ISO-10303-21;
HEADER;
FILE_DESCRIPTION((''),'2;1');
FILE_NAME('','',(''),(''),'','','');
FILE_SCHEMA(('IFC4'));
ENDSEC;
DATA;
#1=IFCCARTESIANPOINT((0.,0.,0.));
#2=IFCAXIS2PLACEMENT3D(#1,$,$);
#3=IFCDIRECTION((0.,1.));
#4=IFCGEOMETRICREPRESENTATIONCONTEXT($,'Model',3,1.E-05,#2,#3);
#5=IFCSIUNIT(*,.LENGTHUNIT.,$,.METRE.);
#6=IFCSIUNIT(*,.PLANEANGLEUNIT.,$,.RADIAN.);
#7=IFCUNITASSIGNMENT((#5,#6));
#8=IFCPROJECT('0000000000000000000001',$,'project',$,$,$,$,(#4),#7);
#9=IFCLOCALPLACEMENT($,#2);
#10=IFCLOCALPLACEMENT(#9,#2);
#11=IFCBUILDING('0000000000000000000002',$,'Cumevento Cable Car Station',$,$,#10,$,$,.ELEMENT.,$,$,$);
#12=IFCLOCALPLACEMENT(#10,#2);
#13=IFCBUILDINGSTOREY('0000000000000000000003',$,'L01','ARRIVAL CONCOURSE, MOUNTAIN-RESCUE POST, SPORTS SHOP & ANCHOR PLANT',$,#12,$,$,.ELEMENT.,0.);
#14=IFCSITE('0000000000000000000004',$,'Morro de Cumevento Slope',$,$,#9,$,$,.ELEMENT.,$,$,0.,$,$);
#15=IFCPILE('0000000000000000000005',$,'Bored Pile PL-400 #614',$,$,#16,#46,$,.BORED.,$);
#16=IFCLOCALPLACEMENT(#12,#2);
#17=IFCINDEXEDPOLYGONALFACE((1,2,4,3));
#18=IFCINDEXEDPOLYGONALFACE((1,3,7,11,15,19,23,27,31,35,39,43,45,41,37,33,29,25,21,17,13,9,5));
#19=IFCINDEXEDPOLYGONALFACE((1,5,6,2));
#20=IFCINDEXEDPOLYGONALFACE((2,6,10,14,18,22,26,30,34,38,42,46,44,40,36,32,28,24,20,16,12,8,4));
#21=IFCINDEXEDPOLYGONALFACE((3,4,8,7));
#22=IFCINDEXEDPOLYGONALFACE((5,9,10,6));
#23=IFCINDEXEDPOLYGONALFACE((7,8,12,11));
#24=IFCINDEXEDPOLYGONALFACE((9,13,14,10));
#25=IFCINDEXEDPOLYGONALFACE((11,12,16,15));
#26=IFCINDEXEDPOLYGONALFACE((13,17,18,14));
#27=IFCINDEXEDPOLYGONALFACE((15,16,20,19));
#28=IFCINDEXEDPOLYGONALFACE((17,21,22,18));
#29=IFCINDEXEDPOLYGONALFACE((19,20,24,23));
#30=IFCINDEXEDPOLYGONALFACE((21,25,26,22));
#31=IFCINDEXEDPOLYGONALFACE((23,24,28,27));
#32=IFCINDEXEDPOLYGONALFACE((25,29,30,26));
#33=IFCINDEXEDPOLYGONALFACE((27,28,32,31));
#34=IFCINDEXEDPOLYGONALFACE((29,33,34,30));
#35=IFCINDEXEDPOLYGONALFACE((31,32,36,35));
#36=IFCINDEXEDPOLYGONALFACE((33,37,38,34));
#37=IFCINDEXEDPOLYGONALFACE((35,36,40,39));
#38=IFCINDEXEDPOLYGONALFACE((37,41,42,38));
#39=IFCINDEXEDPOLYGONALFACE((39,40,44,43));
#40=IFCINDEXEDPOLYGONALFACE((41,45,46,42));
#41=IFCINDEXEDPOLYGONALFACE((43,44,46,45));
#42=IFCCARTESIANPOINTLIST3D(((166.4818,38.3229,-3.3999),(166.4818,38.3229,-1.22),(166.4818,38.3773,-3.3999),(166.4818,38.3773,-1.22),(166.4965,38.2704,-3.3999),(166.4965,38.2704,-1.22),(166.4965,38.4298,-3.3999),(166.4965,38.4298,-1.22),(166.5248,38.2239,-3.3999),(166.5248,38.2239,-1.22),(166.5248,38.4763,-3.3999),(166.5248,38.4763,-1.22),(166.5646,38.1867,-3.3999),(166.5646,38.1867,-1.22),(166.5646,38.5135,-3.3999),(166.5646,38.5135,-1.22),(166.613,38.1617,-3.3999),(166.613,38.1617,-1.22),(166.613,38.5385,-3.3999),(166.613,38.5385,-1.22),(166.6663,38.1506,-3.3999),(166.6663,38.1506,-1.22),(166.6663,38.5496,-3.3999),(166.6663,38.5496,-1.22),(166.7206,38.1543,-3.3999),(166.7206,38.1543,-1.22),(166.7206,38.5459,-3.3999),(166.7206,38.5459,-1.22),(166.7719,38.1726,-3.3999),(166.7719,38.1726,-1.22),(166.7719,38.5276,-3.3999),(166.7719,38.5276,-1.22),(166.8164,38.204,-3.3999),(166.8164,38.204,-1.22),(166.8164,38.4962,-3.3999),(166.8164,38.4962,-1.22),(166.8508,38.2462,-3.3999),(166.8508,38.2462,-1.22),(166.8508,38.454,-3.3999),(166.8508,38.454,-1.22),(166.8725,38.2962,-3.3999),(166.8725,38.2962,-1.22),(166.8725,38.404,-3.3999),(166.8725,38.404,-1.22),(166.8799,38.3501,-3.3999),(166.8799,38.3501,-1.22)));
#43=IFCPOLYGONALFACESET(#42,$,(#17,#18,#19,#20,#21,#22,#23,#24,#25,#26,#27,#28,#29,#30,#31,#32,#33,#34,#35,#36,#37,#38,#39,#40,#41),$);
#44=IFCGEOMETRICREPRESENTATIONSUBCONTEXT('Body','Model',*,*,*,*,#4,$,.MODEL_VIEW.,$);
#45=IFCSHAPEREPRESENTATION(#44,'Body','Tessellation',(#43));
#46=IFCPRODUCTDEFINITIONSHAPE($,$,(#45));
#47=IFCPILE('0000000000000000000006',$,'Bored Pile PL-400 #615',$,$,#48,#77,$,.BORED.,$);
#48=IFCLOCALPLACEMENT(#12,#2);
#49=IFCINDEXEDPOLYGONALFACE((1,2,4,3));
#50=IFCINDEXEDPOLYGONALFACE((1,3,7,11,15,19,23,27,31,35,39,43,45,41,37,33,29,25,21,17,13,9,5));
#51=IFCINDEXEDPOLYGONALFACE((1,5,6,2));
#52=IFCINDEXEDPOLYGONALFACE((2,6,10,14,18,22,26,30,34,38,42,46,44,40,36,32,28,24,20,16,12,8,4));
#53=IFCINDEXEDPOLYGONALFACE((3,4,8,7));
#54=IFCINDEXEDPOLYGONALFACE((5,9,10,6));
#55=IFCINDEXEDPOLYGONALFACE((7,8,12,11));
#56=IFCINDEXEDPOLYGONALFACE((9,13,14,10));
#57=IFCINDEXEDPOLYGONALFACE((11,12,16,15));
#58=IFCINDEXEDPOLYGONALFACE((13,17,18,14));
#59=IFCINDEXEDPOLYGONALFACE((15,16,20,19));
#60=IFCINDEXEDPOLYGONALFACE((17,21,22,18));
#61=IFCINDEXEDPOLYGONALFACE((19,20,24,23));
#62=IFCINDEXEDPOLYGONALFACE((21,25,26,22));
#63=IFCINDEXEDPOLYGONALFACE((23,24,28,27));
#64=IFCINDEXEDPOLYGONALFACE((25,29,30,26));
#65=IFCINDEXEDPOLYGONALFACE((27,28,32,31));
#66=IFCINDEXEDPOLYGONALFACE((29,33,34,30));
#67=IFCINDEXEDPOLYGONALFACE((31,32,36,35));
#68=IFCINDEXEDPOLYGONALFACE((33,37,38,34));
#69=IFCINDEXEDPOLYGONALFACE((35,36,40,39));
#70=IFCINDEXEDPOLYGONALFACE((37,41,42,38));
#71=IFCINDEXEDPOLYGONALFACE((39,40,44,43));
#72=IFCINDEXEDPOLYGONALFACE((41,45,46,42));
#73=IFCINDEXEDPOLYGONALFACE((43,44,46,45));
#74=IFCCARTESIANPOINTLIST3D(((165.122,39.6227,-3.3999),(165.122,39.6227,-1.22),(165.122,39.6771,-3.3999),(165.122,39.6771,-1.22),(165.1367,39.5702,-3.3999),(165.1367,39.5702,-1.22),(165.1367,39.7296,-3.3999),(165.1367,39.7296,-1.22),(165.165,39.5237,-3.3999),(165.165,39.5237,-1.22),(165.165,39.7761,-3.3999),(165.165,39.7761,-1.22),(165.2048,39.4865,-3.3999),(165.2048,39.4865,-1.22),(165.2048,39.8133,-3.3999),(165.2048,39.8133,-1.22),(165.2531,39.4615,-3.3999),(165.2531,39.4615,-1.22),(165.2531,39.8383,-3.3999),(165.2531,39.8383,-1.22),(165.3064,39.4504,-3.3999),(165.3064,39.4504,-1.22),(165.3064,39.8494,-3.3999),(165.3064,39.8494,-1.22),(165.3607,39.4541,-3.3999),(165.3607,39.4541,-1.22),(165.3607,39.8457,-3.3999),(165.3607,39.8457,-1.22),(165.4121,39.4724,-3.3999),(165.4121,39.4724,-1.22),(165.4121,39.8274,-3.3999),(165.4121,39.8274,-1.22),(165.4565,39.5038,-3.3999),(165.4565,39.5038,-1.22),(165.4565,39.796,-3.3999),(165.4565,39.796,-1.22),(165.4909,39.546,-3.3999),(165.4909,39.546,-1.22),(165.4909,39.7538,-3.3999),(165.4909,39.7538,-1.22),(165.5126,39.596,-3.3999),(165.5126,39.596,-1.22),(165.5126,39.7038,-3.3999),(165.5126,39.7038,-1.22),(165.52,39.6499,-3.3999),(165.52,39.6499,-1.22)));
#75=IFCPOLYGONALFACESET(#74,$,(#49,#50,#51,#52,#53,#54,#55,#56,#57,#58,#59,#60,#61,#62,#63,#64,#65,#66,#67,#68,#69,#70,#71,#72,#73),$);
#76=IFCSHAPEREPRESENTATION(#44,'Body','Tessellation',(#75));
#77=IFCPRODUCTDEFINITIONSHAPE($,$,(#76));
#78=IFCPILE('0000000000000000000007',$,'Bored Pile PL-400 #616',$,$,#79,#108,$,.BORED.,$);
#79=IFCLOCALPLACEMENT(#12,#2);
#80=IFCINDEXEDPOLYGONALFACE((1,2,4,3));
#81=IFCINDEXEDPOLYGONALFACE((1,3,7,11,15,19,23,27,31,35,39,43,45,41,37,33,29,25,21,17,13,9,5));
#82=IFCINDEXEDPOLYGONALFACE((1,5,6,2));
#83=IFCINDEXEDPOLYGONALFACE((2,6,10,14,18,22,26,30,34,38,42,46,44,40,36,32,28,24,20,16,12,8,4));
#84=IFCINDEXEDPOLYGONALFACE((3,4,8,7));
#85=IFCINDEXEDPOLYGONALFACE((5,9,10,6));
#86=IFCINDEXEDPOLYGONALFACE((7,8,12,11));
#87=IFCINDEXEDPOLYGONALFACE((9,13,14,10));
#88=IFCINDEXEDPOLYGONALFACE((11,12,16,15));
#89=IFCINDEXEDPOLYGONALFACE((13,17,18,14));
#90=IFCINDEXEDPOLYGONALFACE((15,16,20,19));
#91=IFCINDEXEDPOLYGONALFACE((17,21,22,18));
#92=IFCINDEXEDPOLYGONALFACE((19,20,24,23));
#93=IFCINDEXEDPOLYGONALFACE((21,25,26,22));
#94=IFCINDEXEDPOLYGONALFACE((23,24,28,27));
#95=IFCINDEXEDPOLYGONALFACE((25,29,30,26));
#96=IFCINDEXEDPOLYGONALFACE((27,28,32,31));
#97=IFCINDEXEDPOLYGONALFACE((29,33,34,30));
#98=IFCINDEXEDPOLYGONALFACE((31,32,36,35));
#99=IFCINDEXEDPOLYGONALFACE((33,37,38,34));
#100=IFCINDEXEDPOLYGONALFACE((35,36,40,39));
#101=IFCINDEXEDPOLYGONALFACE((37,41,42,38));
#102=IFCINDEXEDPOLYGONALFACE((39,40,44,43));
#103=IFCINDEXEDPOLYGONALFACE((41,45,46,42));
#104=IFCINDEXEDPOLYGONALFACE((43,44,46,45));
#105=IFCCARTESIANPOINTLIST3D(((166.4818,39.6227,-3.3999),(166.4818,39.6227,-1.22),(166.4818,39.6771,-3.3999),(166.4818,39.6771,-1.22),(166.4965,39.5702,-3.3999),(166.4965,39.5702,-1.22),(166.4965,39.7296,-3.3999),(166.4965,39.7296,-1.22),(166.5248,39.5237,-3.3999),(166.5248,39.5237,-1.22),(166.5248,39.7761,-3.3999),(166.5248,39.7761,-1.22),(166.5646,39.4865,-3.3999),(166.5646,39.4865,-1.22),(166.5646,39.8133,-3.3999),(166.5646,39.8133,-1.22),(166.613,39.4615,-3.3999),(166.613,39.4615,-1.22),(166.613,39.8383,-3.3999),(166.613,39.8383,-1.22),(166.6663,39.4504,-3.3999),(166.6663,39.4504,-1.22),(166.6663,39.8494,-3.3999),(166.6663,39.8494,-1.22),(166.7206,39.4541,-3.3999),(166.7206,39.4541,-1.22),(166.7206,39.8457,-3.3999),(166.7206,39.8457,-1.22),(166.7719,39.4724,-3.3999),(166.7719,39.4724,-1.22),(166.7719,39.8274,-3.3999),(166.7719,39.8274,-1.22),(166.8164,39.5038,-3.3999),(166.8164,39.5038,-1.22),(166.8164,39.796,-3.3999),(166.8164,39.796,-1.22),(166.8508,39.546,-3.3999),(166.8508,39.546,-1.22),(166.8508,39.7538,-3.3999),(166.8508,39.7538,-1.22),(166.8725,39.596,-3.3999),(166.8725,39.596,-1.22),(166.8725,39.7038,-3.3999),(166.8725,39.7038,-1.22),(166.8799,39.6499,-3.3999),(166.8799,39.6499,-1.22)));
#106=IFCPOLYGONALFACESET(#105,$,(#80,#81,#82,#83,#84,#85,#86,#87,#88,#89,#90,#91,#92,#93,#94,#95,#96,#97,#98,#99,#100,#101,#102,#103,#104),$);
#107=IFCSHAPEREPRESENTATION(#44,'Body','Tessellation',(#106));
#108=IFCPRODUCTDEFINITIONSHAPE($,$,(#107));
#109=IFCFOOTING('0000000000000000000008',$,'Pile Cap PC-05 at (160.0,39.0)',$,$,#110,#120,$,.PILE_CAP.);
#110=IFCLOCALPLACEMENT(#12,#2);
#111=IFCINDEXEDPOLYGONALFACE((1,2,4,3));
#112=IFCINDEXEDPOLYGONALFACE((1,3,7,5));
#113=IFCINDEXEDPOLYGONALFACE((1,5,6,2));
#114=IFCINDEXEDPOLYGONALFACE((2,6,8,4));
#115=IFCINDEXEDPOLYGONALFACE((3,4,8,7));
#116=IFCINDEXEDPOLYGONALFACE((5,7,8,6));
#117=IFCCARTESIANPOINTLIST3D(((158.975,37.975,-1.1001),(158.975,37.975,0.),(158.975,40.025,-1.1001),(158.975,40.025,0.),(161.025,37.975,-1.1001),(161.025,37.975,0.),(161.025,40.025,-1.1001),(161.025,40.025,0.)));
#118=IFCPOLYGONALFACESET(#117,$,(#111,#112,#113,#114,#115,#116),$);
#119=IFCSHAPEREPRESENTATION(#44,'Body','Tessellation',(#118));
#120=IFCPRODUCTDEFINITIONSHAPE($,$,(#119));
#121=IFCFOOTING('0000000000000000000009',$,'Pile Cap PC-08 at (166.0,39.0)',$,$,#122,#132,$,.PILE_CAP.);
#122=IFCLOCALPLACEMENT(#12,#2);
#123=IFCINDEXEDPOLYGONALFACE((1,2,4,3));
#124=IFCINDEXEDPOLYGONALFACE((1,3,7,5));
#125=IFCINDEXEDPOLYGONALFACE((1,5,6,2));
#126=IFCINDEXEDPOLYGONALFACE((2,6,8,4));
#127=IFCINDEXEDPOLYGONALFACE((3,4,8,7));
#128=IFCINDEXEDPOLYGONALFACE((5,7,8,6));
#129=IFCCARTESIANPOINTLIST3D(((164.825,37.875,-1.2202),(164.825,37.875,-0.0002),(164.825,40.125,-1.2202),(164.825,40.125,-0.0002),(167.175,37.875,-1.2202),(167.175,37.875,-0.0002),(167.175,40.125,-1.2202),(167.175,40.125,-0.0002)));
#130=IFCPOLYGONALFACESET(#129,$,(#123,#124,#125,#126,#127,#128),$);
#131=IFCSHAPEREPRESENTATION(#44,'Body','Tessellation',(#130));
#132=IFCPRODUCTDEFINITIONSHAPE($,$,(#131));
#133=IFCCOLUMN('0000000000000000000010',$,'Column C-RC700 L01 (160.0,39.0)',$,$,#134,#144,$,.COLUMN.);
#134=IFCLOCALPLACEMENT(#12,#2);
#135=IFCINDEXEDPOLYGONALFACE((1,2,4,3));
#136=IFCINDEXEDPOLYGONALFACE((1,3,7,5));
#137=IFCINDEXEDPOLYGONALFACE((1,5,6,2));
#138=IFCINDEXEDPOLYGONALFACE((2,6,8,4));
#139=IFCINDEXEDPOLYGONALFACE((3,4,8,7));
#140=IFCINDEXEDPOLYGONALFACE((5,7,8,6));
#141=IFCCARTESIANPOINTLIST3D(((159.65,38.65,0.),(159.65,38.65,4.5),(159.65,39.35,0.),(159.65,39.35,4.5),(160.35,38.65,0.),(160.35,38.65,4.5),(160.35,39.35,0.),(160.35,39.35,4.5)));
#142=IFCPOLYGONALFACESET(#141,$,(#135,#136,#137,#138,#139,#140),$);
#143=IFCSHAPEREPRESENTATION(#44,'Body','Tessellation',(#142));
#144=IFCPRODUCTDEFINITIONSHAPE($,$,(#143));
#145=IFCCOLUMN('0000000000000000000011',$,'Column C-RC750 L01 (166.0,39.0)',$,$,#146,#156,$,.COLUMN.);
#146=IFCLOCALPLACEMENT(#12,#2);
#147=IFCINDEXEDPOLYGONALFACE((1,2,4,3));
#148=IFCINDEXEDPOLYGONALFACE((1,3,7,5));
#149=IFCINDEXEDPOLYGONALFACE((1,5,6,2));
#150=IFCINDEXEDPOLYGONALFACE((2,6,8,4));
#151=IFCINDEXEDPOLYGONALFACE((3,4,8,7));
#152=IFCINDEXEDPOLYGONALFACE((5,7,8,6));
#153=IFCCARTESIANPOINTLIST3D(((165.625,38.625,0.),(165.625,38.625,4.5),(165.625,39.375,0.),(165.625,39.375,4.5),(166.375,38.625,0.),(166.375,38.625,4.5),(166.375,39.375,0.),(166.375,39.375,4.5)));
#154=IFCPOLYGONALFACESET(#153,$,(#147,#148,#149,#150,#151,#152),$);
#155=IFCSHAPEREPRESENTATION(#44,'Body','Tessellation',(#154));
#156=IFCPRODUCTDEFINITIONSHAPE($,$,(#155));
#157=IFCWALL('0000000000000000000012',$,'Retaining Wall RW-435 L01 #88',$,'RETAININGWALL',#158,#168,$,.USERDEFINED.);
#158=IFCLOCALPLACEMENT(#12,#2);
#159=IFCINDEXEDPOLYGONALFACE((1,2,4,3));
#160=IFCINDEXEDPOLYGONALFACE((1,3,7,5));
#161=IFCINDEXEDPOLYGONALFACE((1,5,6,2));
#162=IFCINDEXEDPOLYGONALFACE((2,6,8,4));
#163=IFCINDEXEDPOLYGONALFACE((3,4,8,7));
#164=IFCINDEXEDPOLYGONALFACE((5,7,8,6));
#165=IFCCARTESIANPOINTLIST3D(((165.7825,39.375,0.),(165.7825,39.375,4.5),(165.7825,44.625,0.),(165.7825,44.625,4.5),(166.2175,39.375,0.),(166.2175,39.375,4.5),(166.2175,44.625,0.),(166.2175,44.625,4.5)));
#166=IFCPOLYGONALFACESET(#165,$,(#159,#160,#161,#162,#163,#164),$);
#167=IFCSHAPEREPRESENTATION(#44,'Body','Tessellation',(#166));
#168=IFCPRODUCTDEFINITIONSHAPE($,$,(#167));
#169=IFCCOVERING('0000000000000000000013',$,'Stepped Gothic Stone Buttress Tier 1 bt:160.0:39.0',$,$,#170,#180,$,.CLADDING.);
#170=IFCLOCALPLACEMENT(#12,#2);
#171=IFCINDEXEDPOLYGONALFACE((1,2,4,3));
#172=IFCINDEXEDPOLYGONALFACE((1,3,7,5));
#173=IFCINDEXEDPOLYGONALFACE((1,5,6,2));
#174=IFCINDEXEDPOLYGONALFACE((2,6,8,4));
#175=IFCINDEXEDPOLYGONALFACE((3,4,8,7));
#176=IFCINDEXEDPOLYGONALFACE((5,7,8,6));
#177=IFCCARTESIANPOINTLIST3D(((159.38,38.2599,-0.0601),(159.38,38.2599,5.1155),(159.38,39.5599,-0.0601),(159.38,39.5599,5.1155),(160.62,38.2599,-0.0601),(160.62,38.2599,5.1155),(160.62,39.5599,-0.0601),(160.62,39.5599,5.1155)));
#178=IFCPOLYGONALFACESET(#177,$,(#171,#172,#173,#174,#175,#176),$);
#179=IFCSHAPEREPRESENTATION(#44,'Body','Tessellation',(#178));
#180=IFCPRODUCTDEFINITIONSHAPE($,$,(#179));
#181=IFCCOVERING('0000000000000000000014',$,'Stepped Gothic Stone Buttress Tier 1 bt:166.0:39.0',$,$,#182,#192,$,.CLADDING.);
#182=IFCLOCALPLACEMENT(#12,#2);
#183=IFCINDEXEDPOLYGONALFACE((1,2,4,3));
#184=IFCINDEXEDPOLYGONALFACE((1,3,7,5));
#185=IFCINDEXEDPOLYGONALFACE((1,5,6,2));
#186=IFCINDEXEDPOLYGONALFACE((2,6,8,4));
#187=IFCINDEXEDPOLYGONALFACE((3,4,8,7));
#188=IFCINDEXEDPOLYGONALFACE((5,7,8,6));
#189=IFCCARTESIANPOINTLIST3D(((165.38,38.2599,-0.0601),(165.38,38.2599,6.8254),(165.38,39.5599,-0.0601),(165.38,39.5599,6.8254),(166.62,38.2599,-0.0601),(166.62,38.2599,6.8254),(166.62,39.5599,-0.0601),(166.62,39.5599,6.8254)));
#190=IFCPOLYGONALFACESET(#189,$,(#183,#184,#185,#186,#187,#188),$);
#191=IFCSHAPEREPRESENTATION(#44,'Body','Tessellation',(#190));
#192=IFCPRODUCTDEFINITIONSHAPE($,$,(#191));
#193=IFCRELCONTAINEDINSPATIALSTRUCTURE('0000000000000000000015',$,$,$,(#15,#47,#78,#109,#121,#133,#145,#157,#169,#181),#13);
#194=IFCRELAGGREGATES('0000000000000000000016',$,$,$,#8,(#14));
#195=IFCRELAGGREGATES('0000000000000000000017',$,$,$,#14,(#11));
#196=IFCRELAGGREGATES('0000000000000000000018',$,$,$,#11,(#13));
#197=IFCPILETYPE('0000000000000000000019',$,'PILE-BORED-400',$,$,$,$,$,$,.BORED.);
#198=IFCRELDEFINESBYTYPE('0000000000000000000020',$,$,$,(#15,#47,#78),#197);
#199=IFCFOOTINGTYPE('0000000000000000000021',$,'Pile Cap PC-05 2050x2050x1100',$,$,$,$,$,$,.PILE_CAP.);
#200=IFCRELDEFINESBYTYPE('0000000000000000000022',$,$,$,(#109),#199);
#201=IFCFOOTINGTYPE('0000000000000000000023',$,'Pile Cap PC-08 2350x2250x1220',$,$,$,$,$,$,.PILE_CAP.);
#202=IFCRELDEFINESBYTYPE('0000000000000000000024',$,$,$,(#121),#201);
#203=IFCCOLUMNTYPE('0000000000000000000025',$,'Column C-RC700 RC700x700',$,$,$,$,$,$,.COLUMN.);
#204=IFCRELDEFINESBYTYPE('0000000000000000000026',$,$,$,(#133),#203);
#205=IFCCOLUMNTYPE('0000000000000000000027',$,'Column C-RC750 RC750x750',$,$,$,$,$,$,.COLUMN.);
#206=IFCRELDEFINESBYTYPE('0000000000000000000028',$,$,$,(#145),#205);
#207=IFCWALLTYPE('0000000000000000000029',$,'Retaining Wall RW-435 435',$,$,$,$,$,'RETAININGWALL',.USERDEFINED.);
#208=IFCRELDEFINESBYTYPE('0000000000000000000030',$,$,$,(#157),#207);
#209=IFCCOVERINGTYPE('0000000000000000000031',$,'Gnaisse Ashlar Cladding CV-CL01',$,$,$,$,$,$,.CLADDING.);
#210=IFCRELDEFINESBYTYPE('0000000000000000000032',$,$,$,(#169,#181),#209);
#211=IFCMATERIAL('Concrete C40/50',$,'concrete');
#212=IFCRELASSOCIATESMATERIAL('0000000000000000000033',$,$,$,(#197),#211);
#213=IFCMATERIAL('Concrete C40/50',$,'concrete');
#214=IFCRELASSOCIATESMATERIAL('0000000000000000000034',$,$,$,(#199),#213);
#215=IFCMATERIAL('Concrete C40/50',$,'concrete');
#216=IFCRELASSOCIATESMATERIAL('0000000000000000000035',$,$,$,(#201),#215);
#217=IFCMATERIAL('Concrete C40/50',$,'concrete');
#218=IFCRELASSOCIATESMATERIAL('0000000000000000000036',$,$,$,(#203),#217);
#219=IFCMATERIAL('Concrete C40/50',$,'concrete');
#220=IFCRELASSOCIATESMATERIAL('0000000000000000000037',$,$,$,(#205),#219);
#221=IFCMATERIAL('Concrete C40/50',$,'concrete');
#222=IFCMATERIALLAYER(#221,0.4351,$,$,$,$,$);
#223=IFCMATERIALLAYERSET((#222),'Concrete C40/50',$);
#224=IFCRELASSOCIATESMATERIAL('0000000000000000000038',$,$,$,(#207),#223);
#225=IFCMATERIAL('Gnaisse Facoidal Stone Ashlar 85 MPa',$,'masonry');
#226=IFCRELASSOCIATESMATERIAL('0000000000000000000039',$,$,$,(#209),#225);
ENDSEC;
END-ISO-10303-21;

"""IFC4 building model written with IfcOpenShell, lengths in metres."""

from ifc_helpers import new_model, si_unit, direction, frame, frame_2d, origin, origin_2d, place, context, subcontext, project, spatial, rectangle, circle, extrude, material, layer, layer_set, material_profile, profile_set, type_object, element, save


model = new_model("IFC4")

# Units and contexts
model_context = context("Model", 3, precision=1e-05, world=origin(), true_north=direction((0.0, 1.0)))
body_context = subcontext(model_context, "Body", "Model", "MODEL_VIEW")
ifc_project = project(units=[si_unit("LENGTHUNIT", "METRE"), si_unit("PLANEANGLEUNIT", "RADIAN")], contexts=[model_context])

# Site, building, storey
site_placement = place(None, origin())
site = spatial("IfcSite", under=ifc_project, at=site_placement, Name="Morro de Cumevento Slope", CompositionType="ELEMENT", RefElevation=0.0)
building_placement = place(site_placement, origin())
building = spatial("IfcBuilding", under=site, at=building_placement, Name="Cumevento Cable Car Station", CompositionType="ELEMENT")
storey_placement = place(building_placement, origin())
storey = spatial("IfcBuildingStorey", under=building, at=storey_placement, Name="L01", Description="ARRIVAL CONCOURSE, MOUNTAIN-RESCUE POST, SPORTS SHOP & ANCHOR PLANT", CompositionType="ELEMENT", Elevation=0.0)

# Piles
ifc_material_1 = material(Name="Concrete C40/50", Category="concrete")
ifc_material_profile_1 = material_profile(ifc_material_1, circle(Radius=0.2, at=origin_2d()), Name="PILE-D400")
ifc_profile_set_1 = profile_set([ifc_material_profile_1], Name="Concrete C40/50")
pile_type = type_object("IfcPileType", Name="PILE-BORED-400", PredefinedType="BORED", material=ifc_profile_set_1)
for number, where, z_axis, x_axis, name in (
    (1, (166.6799, 38.3501, -1.22), (0.0, 0.0, -1.0), (1.0, 0.0, 0.0), "Bored Pile PL-400 #614"),
    (2, (165.3201, 39.6499, -1.22), (0.0, 0.0, -1.0), (1.0, 0.0, 0.0), "Bored Pile PL-400 #615"),
    (3, (166.6799, 39.6499, -1.22), (0.0, 0.0, -1.0), (1.0, 0.0, 0.0), "Bored Pile PL-400 #616"),
):
    element("IfcPile", number, at=place(storey_placement, frame(where, z_axis=z_axis, x_axis=x_axis)), inside=storey, type_object=pile_type, Name=name, PredefinedType="BORED", context=body_context, shape_type="SweptSolid", body=[
        extrude(circle(Radius=0.2, at=origin_2d()), origin(), (0.0, 0.0, 1.0), 2.1799),
    ])

# Footings
ifc_material_2 = material(Name="Concrete C40/50", Category="concrete")
footing_type_1 = type_object("IfcFootingType", Name="Pile Cap PC-05 2050x2050x1100", PredefinedType="PILE_CAP", material=ifc_material_2)
footing_1_placement = place(storey_placement, frame((160.0, 39.0, -1.1001), z_axis=(0.0, 0.0, 1.0), x_axis=(1.0, 0.0, 0.0)))
element("IfcFooting", 4, at=footing_1_placement, inside=storey, type_object=footing_type_1, Name="Pile Cap PC-05 at (160.0,39.0)", PredefinedType="PILE_CAP", context=body_context, shape_type="SweptSolid", body=[
    extrude(rectangle(XDim=2.05, YDim=2.05, at=origin_2d()), origin(), (0.0, 0.0, 1.0), 1.1001),
])
ifc_material_3 = material(Name="Concrete C40/50", Category="concrete")
footing_type_2 = type_object("IfcFootingType", Name="Pile Cap PC-08 2350x2250x1220", PredefinedType="PILE_CAP", material=ifc_material_3)
footing_2_placement = place(storey_placement, frame((166.0, 39.0, -1.2202), z_axis=(0.0, 0.0, 1.0), x_axis=(1.0, 0.0, 0.0)))
element("IfcFooting", 5, at=footing_2_placement, inside=storey, type_object=footing_type_2, Name="Pile Cap PC-08 at (166.0,39.0)", PredefinedType="PILE_CAP", context=body_context, shape_type="SweptSolid", body=[
    extrude(rectangle(XDim=2.3501, YDim=2.25, at=origin_2d()), origin(), (0.0, 0.0, 1.0), 1.22),
])

# Columns
ifc_material_4 = material(Name="Concrete C40/50", Category="concrete")
ifc_material_profile_2 = material_profile(ifc_material_4, rectangle(XDim=0.7, YDim=0.7, at=origin_2d()), Name="RC700x700")
ifc_profile_set_2 = profile_set([ifc_material_profile_2], Name="Concrete C40/50")
column_type_1 = type_object("IfcColumnType", Name="Column C-RC700 RC700x700", PredefinedType="COLUMN", material=ifc_profile_set_2)
column_1_placement = place(storey_placement, frame((160.0, 39.0, 0.0), z_axis=(0.0, 0.0, 1.0), x_axis=(1.0, 0.0, 0.0)))
element("IfcColumn", 6, at=column_1_placement, inside=storey, type_object=column_type_1, Name="Column C-RC700 L01 (160.0,39.0)", PredefinedType="COLUMN", context=body_context, shape_type="SweptSolid", body=[
    extrude(rectangle(XDim=0.7, YDim=0.7, at=origin_2d()), origin(), (0.0, 0.0, 1.0), 4.5),
])
ifc_material_5 = material(Name="Concrete C40/50", Category="concrete")
ifc_material_profile_3 = material_profile(ifc_material_5, rectangle(XDim=0.75, YDim=0.75, at=origin_2d()), Name="RC750x750")
ifc_profile_set_3 = profile_set([ifc_material_profile_3], Name="Concrete C40/50")
column_type_2 = type_object("IfcColumnType", Name="Column C-RC750 RC750x750", PredefinedType="COLUMN", material=ifc_profile_set_3)
column_2_placement = place(storey_placement, frame((166.0, 39.0, 0.0), z_axis=(0.0, 0.0, 1.0), x_axis=(1.0, 0.0, 0.0)))
element("IfcColumn", 7, at=column_2_placement, inside=storey, type_object=column_type_2, Name="Column C-RC750 L01 (166.0,39.0)", PredefinedType="COLUMN", context=body_context, shape_type="SweptSolid", body=[
    extrude(rectangle(XDim=0.75, YDim=0.75, at=origin_2d()), origin(), (0.0, 0.0, 1.0), 4.5),
])

# Wall
ifc_material_6 = material(Name="Concrete C40/50", Category="concrete")
ifc_layer = layer(ifc_material_6, 0.4351)
ifc_layer_set = layer_set([ifc_layer], Name="Concrete C40/50")
wall_type = type_object("IfcWallType", Name="Retaining Wall RW-435 435", ElementType="RETAININGWALL", PredefinedType="USERDEFINED", material=ifc_layer_set)
wall_placement = place(storey_placement, frame((166.0, 39.375, 0.0), z_axis=(0.0, 0.0, 1.0), x_axis=(0.0, 1.0, 0.0)))
element("IfcWall", 8, at=wall_placement, inside=storey, type_object=wall_type, Name="Retaining Wall RW-435 L01 #88", ObjectType="RETAININGWALL", PredefinedType="USERDEFINED", context=body_context, shape_type="SweptSolid", body=[
    extrude(rectangle(XDim=5.25, YDim=0.4351, at=frame_2d((2.625, 0.0))), origin(), (0.0, 0.0, 1.0), 4.5),
])

# Coverings
ifc_material_7 = material(Name="Gnaisse Facoidal Stone Ashlar 85 MPa", Category="masonry")
covering_type = type_object("IfcCoveringType", Name="Gnaisse Ashlar Cladding CV-CL01", PredefinedType="CLADDING", material=ifc_material_7)
covering_1_placement = place(storey_placement, frame((160.0, 38.9099, -0.0601), z_axis=(0.0, 0.0, 1.0), x_axis=(1.0, 0.0, 0.0)))
element("IfcCovering", 9, at=covering_1_placement, inside=storey, type_object=covering_type, Name="Stepped Gothic Stone Buttress Tier 1 bt:160.0:39.0", PredefinedType="CLADDING", context=body_context, shape_type="SweptSolid", body=[
    extrude(rectangle(XDim=1.24, YDim=1.3, at=origin_2d()), origin(), (0.0, 0.0, 1.0), 5.1755),
])
covering_2_placement = place(storey_placement, frame((166.0, 38.9099, -0.0601), z_axis=(0.0, 0.0, 1.0), x_axis=(1.0, 0.0, 0.0)))
element("IfcCovering", 10, at=covering_2_placement, inside=storey, type_object=covering_type, Name="Stepped Gothic Stone Buttress Tier 1 bt:166.0:39.0", PredefinedType="CLADDING", context=body_context, shape_type="SweptSolid", body=[
    extrude(rectangle(XDim=1.24, YDim=1.3, at=origin_2d()), origin(), (0.0, 0.0, 1.0), 6.8855),
])

save(model, "model.ifc")
